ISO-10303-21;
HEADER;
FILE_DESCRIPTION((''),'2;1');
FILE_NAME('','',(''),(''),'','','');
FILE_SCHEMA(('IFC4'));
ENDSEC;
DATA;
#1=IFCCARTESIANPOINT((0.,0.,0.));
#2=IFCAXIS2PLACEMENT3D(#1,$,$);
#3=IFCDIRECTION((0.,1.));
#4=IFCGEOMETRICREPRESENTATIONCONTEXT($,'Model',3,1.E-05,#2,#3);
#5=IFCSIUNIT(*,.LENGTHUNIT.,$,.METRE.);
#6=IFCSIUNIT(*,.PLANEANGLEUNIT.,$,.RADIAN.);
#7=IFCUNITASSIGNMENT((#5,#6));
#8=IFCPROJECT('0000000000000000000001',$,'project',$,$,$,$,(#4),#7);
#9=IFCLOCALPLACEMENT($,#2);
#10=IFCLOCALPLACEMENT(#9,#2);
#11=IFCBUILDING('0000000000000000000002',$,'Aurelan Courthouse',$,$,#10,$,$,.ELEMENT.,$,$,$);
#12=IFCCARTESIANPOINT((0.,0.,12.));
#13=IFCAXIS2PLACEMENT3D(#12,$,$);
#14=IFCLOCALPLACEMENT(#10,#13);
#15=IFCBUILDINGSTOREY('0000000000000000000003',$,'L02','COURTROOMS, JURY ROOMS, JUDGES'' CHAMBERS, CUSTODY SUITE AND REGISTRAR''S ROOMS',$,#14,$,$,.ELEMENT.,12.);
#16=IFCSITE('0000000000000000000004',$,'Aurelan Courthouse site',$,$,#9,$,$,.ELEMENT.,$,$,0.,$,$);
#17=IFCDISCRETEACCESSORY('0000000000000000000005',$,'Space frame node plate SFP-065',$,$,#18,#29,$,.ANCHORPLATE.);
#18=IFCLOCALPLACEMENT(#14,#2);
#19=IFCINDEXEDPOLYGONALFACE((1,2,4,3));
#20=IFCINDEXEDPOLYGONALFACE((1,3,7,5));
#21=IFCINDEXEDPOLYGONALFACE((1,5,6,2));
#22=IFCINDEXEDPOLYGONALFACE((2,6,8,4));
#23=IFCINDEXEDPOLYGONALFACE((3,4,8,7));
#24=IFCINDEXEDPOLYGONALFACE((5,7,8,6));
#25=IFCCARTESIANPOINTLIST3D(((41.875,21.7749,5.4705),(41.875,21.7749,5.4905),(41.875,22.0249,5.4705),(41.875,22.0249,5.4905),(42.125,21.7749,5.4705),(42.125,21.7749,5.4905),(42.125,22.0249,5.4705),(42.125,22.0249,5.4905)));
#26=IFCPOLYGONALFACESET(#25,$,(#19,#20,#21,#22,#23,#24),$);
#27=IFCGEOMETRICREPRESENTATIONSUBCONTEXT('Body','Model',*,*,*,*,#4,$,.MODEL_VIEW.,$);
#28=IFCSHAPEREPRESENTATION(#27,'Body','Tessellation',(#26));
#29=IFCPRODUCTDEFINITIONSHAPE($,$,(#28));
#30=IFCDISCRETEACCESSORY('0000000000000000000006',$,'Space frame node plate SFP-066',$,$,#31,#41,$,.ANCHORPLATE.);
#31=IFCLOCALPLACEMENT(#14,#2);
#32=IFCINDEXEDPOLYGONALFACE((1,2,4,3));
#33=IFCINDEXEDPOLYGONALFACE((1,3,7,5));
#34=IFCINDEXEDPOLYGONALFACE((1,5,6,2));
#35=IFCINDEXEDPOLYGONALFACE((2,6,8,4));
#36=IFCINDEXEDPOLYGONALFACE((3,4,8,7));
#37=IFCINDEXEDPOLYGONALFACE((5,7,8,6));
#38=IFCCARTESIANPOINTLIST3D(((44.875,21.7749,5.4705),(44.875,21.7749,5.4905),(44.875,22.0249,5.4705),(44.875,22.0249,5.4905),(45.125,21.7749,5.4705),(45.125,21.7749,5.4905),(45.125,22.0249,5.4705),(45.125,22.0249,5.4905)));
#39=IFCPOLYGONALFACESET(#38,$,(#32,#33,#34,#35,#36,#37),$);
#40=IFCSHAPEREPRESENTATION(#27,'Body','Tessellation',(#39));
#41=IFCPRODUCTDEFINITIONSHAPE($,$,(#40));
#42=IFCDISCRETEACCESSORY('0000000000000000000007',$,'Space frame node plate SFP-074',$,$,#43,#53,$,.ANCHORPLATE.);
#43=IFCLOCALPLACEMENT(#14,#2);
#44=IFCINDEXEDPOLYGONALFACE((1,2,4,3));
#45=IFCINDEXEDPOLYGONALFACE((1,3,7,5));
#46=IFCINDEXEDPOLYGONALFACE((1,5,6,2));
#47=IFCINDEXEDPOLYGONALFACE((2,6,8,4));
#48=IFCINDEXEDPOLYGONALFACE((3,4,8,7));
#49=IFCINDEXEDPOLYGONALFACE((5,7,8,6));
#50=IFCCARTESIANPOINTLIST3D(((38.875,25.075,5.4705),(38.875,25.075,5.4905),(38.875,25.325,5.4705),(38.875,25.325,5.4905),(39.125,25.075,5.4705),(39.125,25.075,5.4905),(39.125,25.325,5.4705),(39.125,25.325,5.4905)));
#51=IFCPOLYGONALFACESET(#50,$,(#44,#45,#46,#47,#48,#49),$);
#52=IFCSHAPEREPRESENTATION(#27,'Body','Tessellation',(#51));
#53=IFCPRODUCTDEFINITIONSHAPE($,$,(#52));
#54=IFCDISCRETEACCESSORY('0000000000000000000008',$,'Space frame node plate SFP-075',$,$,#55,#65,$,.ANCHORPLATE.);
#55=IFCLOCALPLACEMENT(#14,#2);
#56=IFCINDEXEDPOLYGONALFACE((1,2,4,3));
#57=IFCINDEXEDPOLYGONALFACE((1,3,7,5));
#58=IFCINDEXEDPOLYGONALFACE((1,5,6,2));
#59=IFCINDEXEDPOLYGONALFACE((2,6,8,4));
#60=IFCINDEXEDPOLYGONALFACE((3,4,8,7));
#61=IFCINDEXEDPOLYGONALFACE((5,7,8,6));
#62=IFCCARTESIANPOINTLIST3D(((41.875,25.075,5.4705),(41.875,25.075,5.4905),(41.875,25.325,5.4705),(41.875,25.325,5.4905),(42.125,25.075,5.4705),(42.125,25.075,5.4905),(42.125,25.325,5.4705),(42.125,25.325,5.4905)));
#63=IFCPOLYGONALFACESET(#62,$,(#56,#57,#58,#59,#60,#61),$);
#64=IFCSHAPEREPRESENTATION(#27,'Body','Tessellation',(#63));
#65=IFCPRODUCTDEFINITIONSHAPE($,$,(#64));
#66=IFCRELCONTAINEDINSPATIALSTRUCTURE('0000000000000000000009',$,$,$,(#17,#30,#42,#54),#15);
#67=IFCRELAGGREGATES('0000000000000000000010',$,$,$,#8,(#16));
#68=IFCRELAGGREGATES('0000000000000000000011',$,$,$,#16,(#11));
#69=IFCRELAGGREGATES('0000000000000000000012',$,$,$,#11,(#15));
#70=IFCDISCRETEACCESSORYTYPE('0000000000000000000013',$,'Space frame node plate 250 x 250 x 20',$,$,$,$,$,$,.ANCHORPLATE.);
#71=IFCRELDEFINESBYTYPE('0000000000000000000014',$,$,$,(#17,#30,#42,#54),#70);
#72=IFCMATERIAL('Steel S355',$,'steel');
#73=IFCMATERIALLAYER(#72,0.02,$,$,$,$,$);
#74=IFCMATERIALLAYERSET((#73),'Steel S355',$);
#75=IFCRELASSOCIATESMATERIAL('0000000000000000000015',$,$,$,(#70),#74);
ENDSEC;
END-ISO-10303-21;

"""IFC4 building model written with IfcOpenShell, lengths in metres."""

from ifc_helpers import new_model, si_unit, direction, frame, origin, origin_2d, place, context, subcontext, project, spatial, rectangle, extrude, material, layer, layer_set, type_object, element, save


model = new_model("IFC4")

# Units and contexts
model_context = context("Model", 3, precision=1e-05, world=origin(), true_north=direction((0.0, 1.0)))
body_context = subcontext(model_context, "Body", "Model", "MODEL_VIEW")
ifc_project = project(units=[si_unit("LENGTHUNIT", "METRE"), si_unit("PLANEANGLEUNIT", "RADIAN")], contexts=[model_context])

# Site, building, storey
site_placement = place(None, origin())
site = spatial("IfcSite", under=ifc_project, at=site_placement, Name="Aurelan Courthouse site", CompositionType="ELEMENT", RefElevation=0.0)
building_placement = place(site_placement, origin())
building = spatial("IfcBuilding", under=site, at=building_placement, Name="Aurelan Courthouse", CompositionType="ELEMENT")
storey_placement = place(building_placement, frame((0.0, 0.0, 12.0)))
storey = spatial("IfcBuildingStorey", under=building, at=storey_placement, Name="L02", Description="COURTROOMS, JURY ROOMS, JUDGES' CHAMBERS, CUSTODY SUITE AND REGISTRAR'S ROOMS", CompositionType="ELEMENT", Elevation=12.0)

# Shared definitions
ifc_material_1 = material(Name="Steel S355", Category="steel")

# Discrete accessories
ifc_layer_1 = layer(ifc_material_1, 0.02)
ifc_layer_set_1 = layer_set([ifc_layer_1], Name="Steel S355")
discrete_accessory_type = type_object("IfcDiscreteAccessoryType", Name="Space frame node plate 250 x 250 x 20", PredefinedType="ANCHORPLATE", material=ifc_layer_set_1)
for number, where, z_axis, x_axis, name in (
    (1, (42.0, 21.8999, 5.4705), (0.0, 0.0, 1.0), (1.0, 0.0, 0.0), "Space frame node plate SFP-065"),
    (2, (45.0, 21.8999, 5.4705), (0.0, 0.0, 1.0), (1.0, 0.0, 0.0), "Space frame node plate SFP-066"),
    (3, (39.0, 25.2, 5.4705), (0.0, 0.0, 1.0), (1.0, 0.0, 0.0), "Space frame node plate SFP-074"),
    (4, (42.0, 25.2, 5.4705), (0.0, 0.0, 1.0), (1.0, 0.0, 0.0), "Space frame node plate SFP-075"),
):
    element("IfcDiscreteAccessory", number, at=place(storey_placement, frame(where, z_axis=z_axis, x_axis=x_axis)), inside=storey, type_object=discrete_accessory_type, Name=name, PredefinedType="ANCHORPLATE", context=body_context, shape_type="SweptSolid", body=[
        extrude(rectangle(XDim=0.25, YDim=0.25, at=origin_2d()), origin(), (0.0, 0.0, 1.0), 0.02),
    ])

save(model, "model.ifc")
